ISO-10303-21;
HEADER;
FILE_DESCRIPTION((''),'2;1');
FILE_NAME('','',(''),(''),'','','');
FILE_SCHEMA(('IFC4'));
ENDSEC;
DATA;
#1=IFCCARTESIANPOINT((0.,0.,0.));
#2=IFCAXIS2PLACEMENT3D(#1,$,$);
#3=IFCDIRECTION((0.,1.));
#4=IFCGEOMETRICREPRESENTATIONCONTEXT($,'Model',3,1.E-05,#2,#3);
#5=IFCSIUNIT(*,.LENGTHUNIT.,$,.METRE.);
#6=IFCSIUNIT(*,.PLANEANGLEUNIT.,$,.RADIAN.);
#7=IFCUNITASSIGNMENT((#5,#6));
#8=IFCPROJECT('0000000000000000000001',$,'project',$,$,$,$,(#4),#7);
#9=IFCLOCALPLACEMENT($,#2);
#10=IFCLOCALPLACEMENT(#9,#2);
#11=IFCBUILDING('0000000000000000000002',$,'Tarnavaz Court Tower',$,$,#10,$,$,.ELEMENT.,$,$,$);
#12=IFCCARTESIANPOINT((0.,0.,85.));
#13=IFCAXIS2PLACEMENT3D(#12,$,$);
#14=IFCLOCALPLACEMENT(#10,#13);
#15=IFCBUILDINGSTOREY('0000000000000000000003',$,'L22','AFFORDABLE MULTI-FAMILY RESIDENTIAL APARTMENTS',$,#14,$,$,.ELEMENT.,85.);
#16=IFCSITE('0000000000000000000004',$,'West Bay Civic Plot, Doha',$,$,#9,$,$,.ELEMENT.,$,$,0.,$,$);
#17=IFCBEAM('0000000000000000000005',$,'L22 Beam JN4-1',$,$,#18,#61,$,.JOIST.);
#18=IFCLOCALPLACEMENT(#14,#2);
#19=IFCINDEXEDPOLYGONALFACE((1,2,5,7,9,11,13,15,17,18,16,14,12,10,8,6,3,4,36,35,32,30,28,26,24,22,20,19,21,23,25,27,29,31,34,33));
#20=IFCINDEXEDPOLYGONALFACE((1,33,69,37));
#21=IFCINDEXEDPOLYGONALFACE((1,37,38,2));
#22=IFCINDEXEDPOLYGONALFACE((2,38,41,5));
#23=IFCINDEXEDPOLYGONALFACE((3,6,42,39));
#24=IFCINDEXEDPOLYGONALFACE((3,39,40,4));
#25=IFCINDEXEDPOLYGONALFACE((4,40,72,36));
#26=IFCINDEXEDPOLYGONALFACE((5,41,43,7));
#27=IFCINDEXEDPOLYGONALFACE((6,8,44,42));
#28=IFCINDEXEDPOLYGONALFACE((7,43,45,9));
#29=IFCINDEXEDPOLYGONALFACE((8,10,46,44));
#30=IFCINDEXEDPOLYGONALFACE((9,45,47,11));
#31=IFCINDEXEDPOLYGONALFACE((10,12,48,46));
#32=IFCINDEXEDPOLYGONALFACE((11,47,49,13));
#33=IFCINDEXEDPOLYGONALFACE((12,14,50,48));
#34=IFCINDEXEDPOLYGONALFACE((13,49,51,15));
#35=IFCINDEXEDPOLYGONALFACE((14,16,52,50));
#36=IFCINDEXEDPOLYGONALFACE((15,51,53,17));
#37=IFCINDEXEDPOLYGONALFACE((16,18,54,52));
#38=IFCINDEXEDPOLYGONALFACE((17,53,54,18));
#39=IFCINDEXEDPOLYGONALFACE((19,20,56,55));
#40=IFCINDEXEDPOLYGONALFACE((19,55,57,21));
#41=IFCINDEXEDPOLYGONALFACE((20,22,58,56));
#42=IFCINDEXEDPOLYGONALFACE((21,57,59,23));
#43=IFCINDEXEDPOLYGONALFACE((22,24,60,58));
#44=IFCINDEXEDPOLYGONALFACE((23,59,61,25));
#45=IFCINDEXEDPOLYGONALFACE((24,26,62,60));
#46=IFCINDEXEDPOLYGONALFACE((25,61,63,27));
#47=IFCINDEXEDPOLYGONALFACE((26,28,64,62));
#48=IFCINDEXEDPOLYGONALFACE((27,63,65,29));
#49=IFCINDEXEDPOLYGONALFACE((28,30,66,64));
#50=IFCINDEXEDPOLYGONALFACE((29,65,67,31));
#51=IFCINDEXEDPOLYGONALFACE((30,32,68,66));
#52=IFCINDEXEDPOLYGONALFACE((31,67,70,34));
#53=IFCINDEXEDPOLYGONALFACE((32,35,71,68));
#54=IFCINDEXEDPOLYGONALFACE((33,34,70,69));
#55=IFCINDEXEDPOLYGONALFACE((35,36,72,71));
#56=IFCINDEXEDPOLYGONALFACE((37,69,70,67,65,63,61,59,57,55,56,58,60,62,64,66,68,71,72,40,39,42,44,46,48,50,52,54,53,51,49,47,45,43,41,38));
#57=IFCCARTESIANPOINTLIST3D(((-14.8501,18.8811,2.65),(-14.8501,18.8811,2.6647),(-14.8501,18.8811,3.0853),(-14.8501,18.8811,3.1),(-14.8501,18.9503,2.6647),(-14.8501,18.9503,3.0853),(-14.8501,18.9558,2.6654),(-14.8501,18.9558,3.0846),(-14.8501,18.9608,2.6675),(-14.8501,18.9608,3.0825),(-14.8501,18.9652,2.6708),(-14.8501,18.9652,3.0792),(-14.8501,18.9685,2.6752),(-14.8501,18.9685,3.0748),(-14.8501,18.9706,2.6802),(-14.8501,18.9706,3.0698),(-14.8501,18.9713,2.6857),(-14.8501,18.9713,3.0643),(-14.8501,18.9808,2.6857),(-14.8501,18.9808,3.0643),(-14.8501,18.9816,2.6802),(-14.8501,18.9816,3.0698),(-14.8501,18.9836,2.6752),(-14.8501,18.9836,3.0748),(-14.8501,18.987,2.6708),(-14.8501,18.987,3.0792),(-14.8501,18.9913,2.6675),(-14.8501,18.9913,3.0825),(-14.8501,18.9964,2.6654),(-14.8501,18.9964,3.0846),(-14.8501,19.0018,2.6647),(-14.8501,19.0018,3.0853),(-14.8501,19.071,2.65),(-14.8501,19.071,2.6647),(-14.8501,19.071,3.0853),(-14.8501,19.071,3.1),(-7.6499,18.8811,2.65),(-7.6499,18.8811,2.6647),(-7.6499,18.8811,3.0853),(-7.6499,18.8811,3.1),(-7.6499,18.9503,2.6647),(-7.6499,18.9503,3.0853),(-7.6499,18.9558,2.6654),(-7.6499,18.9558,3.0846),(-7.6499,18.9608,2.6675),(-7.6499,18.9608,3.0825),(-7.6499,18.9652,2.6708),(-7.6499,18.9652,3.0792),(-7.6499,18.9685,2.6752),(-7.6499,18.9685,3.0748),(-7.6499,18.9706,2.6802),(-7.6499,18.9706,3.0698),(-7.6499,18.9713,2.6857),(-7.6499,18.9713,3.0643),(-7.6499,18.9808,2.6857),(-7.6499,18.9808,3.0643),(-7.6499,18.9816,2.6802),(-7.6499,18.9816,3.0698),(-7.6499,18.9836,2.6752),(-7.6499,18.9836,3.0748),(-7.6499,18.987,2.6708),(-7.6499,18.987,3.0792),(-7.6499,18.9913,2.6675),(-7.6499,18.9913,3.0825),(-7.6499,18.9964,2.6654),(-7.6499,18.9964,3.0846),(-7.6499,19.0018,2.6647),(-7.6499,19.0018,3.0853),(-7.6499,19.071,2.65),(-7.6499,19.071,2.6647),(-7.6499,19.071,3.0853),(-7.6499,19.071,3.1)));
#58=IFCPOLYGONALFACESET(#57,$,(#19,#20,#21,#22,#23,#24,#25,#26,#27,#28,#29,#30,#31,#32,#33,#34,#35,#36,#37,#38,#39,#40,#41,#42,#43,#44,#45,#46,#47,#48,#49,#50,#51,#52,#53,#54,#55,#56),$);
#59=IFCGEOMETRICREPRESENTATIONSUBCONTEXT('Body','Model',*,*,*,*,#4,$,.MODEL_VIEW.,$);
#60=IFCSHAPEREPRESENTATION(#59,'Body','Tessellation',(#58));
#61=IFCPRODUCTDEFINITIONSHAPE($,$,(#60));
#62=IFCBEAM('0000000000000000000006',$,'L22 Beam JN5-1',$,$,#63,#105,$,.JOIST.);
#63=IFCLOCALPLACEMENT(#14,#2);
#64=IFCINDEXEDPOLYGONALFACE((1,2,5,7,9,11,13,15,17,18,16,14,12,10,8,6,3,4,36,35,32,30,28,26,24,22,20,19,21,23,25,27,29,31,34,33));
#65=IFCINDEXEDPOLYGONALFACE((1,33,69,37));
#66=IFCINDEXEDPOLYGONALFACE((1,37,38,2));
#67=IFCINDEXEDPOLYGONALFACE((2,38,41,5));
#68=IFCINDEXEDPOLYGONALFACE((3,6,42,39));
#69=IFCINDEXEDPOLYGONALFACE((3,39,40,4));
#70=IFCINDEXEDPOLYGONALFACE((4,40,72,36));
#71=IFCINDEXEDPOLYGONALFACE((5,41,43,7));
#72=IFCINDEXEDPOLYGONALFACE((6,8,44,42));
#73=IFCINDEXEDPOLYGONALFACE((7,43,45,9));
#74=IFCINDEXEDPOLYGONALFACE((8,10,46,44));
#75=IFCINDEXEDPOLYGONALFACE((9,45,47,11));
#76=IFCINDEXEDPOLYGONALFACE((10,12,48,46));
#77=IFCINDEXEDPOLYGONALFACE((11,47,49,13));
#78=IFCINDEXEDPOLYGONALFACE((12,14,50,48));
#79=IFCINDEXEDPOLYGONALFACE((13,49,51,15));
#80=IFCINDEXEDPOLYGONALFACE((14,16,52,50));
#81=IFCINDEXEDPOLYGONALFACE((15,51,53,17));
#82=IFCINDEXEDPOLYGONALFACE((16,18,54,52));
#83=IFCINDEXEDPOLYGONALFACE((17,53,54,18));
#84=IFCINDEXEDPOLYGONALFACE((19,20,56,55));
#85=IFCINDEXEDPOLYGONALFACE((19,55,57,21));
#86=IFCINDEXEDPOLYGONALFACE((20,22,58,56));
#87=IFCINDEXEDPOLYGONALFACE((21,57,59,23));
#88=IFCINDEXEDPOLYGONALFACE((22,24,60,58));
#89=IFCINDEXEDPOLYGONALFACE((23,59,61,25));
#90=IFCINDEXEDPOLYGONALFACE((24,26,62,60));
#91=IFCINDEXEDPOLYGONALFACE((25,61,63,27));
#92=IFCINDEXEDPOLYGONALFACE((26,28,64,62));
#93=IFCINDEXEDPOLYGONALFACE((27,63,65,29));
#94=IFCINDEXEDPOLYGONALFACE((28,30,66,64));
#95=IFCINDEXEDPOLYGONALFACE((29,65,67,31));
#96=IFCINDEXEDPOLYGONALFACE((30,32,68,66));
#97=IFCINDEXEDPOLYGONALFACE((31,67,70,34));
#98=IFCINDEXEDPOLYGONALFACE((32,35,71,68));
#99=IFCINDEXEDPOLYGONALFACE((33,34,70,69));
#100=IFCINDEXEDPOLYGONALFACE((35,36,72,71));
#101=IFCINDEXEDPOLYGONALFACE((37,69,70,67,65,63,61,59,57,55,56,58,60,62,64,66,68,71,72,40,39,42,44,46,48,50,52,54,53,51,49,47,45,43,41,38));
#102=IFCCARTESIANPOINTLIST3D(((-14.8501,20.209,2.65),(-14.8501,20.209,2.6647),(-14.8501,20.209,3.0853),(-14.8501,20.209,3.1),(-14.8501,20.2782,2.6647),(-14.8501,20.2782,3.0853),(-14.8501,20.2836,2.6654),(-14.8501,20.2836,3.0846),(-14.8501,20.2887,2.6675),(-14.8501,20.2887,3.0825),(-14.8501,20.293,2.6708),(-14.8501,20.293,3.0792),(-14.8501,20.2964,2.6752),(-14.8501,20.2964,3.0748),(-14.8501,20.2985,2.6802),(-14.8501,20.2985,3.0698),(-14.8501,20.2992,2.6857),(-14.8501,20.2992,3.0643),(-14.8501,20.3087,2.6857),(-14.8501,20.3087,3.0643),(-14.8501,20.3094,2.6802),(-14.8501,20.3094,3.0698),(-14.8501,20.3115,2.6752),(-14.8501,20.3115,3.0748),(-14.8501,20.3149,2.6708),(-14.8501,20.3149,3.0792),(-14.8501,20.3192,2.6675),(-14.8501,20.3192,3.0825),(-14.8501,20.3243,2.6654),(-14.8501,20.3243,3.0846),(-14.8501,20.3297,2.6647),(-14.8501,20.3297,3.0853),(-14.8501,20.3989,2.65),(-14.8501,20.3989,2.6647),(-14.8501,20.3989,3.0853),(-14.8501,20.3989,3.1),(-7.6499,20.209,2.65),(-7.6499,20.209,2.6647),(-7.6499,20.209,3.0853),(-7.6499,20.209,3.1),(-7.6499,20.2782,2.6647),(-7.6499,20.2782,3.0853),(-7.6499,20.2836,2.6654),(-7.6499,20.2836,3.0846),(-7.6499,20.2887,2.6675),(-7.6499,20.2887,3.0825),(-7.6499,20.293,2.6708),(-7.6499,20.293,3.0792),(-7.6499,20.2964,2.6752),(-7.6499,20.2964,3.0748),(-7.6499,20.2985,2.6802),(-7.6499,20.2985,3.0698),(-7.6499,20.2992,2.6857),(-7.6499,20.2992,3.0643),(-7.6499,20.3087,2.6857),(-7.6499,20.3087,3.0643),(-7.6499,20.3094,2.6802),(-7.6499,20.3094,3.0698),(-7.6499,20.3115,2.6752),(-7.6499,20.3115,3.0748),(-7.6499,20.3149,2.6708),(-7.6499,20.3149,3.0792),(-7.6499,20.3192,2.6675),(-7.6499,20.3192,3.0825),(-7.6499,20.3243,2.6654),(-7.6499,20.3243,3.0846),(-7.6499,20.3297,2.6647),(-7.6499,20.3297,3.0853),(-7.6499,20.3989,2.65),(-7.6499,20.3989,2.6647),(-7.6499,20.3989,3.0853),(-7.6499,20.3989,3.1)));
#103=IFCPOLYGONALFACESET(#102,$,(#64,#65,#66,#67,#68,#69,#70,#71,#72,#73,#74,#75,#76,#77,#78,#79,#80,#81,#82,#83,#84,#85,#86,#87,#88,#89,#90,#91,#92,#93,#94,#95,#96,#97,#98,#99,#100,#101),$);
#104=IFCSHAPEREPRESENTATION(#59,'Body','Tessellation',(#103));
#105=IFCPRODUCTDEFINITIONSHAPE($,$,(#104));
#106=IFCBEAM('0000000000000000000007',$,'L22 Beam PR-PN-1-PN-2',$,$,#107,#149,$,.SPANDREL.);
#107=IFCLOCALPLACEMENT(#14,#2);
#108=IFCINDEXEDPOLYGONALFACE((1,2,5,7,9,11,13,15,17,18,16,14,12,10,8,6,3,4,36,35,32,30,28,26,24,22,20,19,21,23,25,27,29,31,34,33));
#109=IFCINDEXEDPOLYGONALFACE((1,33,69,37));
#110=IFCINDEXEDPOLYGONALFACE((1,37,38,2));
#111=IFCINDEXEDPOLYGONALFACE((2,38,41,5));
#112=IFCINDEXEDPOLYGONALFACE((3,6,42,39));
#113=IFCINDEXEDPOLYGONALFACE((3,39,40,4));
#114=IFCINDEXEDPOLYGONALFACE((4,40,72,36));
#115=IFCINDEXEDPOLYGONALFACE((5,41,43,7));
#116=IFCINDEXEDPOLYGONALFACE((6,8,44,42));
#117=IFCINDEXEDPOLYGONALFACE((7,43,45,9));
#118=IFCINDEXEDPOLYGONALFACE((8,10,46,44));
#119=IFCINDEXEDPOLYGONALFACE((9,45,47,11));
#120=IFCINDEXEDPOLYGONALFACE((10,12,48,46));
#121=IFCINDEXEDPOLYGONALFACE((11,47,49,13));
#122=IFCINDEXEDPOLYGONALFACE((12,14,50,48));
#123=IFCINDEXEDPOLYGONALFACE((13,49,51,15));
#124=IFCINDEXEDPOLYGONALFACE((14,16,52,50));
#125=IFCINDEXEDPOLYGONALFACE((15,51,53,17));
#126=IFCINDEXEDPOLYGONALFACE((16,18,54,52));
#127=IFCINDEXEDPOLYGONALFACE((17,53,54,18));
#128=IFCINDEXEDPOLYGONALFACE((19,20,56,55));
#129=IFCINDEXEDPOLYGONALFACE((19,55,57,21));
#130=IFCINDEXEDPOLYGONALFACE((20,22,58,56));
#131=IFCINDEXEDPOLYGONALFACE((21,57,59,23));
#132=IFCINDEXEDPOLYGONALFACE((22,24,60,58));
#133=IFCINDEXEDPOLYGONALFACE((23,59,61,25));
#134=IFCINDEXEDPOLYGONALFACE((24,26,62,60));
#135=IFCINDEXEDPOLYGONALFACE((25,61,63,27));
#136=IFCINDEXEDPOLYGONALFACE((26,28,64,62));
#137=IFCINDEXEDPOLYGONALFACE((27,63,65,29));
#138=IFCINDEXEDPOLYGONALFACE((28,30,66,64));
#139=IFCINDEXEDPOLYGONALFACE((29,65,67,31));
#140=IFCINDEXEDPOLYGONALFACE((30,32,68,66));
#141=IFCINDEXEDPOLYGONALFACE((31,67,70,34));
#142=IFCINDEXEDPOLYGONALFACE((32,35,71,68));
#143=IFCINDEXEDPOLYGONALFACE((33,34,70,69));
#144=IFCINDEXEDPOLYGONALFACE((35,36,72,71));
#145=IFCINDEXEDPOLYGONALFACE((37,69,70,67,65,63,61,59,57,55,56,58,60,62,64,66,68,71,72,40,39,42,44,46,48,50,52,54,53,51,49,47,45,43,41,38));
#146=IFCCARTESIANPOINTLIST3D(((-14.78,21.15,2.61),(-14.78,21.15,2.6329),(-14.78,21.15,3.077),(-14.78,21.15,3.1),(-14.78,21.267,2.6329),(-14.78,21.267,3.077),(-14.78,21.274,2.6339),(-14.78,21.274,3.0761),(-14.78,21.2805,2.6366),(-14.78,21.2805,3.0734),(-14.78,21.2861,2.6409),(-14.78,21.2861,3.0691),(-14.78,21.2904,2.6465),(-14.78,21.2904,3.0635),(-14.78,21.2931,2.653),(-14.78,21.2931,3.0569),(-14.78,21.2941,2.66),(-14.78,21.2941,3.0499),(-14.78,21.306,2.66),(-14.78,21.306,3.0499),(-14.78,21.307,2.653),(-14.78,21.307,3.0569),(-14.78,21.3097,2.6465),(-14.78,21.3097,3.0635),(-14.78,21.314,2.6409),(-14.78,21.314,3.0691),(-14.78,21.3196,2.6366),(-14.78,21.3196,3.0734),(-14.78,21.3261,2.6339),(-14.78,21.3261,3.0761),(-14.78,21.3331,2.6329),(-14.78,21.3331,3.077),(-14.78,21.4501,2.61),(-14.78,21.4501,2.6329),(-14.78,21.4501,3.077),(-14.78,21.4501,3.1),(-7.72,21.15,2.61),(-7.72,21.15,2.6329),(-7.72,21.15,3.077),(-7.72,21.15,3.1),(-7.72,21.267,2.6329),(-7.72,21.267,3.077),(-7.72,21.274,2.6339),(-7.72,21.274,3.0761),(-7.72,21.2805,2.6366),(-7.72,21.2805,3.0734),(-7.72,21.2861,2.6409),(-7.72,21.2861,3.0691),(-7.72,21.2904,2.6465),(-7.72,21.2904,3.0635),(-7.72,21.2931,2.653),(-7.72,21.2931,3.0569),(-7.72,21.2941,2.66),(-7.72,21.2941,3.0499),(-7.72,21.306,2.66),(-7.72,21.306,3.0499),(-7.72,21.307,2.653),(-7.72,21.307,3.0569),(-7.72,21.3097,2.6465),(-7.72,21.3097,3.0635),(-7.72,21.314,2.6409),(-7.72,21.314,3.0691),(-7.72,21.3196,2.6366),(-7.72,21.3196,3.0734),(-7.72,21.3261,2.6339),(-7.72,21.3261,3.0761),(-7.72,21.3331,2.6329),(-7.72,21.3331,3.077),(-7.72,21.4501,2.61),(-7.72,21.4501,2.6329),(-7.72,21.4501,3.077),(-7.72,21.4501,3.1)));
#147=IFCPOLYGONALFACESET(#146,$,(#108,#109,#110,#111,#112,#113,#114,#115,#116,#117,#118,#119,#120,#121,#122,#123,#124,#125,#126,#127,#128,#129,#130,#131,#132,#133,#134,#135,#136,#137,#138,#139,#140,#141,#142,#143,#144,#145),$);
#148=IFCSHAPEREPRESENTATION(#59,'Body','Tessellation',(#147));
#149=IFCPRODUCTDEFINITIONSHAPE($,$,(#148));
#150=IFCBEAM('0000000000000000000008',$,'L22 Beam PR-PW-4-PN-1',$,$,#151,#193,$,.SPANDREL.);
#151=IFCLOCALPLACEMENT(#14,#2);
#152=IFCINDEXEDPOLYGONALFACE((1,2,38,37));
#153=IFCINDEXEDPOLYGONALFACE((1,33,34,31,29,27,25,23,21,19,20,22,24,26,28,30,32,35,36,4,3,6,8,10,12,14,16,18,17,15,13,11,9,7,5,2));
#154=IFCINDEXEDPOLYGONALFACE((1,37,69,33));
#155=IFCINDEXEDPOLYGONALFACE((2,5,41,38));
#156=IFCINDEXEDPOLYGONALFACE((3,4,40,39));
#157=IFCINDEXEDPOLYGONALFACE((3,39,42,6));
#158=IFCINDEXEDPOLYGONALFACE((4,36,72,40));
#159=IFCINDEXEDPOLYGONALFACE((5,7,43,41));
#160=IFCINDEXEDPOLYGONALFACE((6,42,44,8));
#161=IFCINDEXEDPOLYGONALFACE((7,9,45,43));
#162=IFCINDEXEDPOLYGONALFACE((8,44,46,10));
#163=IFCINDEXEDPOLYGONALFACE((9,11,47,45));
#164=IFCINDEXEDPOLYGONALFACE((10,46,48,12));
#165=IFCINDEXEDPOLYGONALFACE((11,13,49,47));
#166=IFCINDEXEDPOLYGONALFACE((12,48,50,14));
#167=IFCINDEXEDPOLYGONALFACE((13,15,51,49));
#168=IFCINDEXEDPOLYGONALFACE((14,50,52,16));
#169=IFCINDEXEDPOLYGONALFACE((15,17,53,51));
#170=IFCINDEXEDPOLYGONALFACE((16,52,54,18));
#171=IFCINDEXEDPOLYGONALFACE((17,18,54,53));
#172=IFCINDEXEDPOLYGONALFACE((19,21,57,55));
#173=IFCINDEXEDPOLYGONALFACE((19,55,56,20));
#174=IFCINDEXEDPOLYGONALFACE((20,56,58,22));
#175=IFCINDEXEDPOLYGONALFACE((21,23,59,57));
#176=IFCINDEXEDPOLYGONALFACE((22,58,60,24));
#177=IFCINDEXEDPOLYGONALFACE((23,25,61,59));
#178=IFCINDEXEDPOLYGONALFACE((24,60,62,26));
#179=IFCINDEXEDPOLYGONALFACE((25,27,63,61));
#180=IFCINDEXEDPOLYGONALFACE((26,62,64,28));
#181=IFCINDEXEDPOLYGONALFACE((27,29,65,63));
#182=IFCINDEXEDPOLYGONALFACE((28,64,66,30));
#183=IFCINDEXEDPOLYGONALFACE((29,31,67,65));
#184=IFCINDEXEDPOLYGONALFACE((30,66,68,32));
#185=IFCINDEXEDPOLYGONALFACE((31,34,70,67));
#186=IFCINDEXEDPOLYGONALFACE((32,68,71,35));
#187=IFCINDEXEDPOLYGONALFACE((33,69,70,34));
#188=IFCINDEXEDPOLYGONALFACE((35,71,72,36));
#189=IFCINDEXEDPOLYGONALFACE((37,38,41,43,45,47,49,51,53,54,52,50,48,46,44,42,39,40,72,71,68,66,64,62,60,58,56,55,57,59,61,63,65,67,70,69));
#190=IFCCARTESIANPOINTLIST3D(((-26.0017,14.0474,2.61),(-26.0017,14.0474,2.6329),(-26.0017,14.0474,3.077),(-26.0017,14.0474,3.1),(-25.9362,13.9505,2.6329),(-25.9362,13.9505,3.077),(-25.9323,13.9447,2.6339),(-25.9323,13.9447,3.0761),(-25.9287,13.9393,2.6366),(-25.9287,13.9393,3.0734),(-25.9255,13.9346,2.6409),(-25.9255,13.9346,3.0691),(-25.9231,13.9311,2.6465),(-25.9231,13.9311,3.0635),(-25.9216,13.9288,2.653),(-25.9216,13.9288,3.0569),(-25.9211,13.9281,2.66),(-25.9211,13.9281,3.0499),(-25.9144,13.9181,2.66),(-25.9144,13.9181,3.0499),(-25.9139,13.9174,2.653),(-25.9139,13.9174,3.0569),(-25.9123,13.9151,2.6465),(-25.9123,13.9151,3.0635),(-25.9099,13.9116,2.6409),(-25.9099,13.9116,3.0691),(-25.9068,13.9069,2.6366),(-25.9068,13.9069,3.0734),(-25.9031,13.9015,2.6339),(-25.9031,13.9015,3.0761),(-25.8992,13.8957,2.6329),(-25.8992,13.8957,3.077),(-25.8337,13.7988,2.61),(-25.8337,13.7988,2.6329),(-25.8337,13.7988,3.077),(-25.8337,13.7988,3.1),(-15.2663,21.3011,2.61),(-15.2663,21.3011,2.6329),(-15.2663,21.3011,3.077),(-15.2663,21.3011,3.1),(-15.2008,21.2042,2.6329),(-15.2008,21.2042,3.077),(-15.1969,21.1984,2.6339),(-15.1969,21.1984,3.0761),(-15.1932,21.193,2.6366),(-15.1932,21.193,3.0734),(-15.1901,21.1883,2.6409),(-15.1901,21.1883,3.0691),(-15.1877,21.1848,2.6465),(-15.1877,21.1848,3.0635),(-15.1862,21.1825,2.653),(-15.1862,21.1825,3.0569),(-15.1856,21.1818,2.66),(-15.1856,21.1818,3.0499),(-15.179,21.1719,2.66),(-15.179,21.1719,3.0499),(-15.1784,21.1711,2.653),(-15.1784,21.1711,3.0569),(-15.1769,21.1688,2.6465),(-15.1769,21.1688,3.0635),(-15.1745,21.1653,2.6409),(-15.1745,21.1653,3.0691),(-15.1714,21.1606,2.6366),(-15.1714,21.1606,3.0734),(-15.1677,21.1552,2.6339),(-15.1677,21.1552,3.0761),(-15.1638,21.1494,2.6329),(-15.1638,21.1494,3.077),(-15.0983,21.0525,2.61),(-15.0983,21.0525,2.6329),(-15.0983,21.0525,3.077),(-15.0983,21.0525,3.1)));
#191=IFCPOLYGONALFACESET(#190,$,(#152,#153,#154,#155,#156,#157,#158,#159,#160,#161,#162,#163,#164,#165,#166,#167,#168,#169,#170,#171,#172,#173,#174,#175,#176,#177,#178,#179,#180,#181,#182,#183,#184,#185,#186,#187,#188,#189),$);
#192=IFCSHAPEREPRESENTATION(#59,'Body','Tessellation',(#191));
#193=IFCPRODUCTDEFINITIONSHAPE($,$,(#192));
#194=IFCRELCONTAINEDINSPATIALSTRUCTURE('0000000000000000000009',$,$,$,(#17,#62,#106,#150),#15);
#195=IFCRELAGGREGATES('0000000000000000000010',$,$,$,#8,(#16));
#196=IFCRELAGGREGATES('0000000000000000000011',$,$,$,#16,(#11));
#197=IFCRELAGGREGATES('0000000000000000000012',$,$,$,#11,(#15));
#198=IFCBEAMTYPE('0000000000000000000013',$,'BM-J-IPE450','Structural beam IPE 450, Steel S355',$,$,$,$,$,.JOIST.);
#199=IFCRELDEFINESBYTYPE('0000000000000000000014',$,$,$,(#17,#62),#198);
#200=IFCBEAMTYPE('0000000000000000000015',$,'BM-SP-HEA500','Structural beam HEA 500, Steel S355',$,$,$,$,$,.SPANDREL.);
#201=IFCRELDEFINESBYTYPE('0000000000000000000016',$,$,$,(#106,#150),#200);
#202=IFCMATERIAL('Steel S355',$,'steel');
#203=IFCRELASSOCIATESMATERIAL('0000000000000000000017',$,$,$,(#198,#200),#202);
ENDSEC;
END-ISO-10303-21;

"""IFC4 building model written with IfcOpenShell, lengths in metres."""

from ifc_helpers import new_model, si_unit, direction, frame, origin, origin_2d, place, context, subcontext, project, spatial, i_section, extrude, material, material_profile, profile_set, type_object, element, save


model = new_model("IFC4")

# Units and contexts
model_context = context("Model", 3, precision=1e-05, world=origin(), true_north=direction((0.0, 1.0)))
body_context = subcontext(model_context, "Body", "Model", "MODEL_VIEW")
ifc_project = project(units=[si_unit("LENGTHUNIT", "METRE"), si_unit("PLANEANGLEUNIT", "RADIAN")], contexts=[model_context])

# Site, building, storey
site_placement = place(None, origin())
site = spatial("IfcSite", under=ifc_project, at=site_placement, Name="West Bay Civic Plot, Doha", CompositionType="ELEMENT", RefElevation=0.0)
building_placement = place(site_placement, origin())
building = spatial("IfcBuilding", under=site, at=building_placement, Name="Tarnavaz Court Tower", CompositionType="ELEMENT")
storey_placement = place(building_placement, frame((0.0, 0.0, 85.0)))
storey = spatial("IfcBuildingStorey", under=building, at=storey_placement, Name="L22", Description="AFFORDABLE MULTI-FAMILY RESIDENTIAL APARTMENTS", CompositionType="ELEMENT", Elevation=85.0)

# Beams
ifc_material_1 = material(Name="Steel S355", Category="steel")
ifc_material_profile_1 = material_profile(ifc_material_1, i_section(OverallWidth=0.1899, OverallDepth=0.45, WebThickness=0.0095, FlangeThickness=0.0146, FilletRadius=0.021, at=origin_2d()), Name="IPE 450")
ifc_profile_set_1 = profile_set([ifc_material_profile_1], Name="Steel S355")
beam_type_1 = type_object("IfcBeamType", Name="BM-J-IPE450", Description="Structural beam IPE 450, Steel S355", PredefinedType="JOIST", material=ifc_profile_set_1)
for number, where, z_axis, x_axis, name in (
    (1, (-14.8501, 18.9761, 2.875), (1.0, 0.0, 0.0), (0.0, 1.0, 0.0), "L22 Beam JN4-1"),
    (2, (-14.8501, 20.304, 2.875), (1.0, 0.0, 0.0), (0.0, 1.0, 0.0), "L22 Beam JN5-1"),
):
    element("IfcBeam", number, at=place(storey_placement, frame(where, z_axis=z_axis, x_axis=x_axis)), inside=storey, type_object=beam_type_1, Name=name, PredefinedType="JOIST", context=body_context, shape_type="SweptSolid", body=[
        extrude(i_section(OverallWidth=0.1899, OverallDepth=0.45, WebThickness=0.0095, FlangeThickness=0.0146, FilletRadius=0.021, at=origin_2d()), origin(), (0.0, 0.0, 1.0), 7.2002),
    ])
ifc_material_profile_2 = material_profile(ifc_material_1, i_section(OverallWidth=0.3, OverallDepth=0.49, WebThickness=0.012, FlangeThickness=0.0229, FilletRadius=0.0271, at=origin_2d()), Name="HEA 500")
ifc_profile_set_2 = profile_set([ifc_material_profile_2], Name="Steel S355")
beam_type_2 = type_object("IfcBeamType", Name="BM-SP-HEA500", Description="Structural beam HEA 500, Steel S355", PredefinedType="SPANDREL", material=ifc_profile_set_2)
beam_1_placement = place(storey_placement, frame((-14.78, 21.3, 2.855), z_axis=(1.0, 0.0, 0.0), x_axis=(0.0, 1.0, 0.0)))
element("IfcBeam", 3, at=beam_1_placement, inside=storey, type_object=beam_type_2, Name="L22 Beam PR-PN-1-PN-2", PredefinedType="SPANDREL", context=body_context, shape_type="SweptSolid", body=[
    extrude(i_section(OverallWidth=0.3, OverallDepth=0.49, WebThickness=0.012, FlangeThickness=0.0229, FilletRadius=0.0271, at=origin_2d()), origin(), (0.0, 0.0, 1.0), 7.0601),
])
beam_2_placement = place(storey_placement, frame((-25.9177, 13.9231, 2.855), z_axis=(0.828587, 0.55986, 0.0), x_axis=(-0.55986, 0.828587, 0.0)))
element("IfcBeam", 4, at=beam_2_placement, inside=storey, type_object=beam_type_2, Name="L22 Beam PR-PW-4-PN-1", PredefinedType="SPANDREL", context=body_context, shape_type="SweptSolid", body=[
    extrude(i_section(OverallWidth=0.3, OverallDepth=0.49, WebThickness=0.012, FlangeThickness=0.0229, FilletRadius=0.0271, at=origin_2d()), origin(), (0.0, 0.0, 1.0), 12.9563),
])

save(model, "model.ifc")
